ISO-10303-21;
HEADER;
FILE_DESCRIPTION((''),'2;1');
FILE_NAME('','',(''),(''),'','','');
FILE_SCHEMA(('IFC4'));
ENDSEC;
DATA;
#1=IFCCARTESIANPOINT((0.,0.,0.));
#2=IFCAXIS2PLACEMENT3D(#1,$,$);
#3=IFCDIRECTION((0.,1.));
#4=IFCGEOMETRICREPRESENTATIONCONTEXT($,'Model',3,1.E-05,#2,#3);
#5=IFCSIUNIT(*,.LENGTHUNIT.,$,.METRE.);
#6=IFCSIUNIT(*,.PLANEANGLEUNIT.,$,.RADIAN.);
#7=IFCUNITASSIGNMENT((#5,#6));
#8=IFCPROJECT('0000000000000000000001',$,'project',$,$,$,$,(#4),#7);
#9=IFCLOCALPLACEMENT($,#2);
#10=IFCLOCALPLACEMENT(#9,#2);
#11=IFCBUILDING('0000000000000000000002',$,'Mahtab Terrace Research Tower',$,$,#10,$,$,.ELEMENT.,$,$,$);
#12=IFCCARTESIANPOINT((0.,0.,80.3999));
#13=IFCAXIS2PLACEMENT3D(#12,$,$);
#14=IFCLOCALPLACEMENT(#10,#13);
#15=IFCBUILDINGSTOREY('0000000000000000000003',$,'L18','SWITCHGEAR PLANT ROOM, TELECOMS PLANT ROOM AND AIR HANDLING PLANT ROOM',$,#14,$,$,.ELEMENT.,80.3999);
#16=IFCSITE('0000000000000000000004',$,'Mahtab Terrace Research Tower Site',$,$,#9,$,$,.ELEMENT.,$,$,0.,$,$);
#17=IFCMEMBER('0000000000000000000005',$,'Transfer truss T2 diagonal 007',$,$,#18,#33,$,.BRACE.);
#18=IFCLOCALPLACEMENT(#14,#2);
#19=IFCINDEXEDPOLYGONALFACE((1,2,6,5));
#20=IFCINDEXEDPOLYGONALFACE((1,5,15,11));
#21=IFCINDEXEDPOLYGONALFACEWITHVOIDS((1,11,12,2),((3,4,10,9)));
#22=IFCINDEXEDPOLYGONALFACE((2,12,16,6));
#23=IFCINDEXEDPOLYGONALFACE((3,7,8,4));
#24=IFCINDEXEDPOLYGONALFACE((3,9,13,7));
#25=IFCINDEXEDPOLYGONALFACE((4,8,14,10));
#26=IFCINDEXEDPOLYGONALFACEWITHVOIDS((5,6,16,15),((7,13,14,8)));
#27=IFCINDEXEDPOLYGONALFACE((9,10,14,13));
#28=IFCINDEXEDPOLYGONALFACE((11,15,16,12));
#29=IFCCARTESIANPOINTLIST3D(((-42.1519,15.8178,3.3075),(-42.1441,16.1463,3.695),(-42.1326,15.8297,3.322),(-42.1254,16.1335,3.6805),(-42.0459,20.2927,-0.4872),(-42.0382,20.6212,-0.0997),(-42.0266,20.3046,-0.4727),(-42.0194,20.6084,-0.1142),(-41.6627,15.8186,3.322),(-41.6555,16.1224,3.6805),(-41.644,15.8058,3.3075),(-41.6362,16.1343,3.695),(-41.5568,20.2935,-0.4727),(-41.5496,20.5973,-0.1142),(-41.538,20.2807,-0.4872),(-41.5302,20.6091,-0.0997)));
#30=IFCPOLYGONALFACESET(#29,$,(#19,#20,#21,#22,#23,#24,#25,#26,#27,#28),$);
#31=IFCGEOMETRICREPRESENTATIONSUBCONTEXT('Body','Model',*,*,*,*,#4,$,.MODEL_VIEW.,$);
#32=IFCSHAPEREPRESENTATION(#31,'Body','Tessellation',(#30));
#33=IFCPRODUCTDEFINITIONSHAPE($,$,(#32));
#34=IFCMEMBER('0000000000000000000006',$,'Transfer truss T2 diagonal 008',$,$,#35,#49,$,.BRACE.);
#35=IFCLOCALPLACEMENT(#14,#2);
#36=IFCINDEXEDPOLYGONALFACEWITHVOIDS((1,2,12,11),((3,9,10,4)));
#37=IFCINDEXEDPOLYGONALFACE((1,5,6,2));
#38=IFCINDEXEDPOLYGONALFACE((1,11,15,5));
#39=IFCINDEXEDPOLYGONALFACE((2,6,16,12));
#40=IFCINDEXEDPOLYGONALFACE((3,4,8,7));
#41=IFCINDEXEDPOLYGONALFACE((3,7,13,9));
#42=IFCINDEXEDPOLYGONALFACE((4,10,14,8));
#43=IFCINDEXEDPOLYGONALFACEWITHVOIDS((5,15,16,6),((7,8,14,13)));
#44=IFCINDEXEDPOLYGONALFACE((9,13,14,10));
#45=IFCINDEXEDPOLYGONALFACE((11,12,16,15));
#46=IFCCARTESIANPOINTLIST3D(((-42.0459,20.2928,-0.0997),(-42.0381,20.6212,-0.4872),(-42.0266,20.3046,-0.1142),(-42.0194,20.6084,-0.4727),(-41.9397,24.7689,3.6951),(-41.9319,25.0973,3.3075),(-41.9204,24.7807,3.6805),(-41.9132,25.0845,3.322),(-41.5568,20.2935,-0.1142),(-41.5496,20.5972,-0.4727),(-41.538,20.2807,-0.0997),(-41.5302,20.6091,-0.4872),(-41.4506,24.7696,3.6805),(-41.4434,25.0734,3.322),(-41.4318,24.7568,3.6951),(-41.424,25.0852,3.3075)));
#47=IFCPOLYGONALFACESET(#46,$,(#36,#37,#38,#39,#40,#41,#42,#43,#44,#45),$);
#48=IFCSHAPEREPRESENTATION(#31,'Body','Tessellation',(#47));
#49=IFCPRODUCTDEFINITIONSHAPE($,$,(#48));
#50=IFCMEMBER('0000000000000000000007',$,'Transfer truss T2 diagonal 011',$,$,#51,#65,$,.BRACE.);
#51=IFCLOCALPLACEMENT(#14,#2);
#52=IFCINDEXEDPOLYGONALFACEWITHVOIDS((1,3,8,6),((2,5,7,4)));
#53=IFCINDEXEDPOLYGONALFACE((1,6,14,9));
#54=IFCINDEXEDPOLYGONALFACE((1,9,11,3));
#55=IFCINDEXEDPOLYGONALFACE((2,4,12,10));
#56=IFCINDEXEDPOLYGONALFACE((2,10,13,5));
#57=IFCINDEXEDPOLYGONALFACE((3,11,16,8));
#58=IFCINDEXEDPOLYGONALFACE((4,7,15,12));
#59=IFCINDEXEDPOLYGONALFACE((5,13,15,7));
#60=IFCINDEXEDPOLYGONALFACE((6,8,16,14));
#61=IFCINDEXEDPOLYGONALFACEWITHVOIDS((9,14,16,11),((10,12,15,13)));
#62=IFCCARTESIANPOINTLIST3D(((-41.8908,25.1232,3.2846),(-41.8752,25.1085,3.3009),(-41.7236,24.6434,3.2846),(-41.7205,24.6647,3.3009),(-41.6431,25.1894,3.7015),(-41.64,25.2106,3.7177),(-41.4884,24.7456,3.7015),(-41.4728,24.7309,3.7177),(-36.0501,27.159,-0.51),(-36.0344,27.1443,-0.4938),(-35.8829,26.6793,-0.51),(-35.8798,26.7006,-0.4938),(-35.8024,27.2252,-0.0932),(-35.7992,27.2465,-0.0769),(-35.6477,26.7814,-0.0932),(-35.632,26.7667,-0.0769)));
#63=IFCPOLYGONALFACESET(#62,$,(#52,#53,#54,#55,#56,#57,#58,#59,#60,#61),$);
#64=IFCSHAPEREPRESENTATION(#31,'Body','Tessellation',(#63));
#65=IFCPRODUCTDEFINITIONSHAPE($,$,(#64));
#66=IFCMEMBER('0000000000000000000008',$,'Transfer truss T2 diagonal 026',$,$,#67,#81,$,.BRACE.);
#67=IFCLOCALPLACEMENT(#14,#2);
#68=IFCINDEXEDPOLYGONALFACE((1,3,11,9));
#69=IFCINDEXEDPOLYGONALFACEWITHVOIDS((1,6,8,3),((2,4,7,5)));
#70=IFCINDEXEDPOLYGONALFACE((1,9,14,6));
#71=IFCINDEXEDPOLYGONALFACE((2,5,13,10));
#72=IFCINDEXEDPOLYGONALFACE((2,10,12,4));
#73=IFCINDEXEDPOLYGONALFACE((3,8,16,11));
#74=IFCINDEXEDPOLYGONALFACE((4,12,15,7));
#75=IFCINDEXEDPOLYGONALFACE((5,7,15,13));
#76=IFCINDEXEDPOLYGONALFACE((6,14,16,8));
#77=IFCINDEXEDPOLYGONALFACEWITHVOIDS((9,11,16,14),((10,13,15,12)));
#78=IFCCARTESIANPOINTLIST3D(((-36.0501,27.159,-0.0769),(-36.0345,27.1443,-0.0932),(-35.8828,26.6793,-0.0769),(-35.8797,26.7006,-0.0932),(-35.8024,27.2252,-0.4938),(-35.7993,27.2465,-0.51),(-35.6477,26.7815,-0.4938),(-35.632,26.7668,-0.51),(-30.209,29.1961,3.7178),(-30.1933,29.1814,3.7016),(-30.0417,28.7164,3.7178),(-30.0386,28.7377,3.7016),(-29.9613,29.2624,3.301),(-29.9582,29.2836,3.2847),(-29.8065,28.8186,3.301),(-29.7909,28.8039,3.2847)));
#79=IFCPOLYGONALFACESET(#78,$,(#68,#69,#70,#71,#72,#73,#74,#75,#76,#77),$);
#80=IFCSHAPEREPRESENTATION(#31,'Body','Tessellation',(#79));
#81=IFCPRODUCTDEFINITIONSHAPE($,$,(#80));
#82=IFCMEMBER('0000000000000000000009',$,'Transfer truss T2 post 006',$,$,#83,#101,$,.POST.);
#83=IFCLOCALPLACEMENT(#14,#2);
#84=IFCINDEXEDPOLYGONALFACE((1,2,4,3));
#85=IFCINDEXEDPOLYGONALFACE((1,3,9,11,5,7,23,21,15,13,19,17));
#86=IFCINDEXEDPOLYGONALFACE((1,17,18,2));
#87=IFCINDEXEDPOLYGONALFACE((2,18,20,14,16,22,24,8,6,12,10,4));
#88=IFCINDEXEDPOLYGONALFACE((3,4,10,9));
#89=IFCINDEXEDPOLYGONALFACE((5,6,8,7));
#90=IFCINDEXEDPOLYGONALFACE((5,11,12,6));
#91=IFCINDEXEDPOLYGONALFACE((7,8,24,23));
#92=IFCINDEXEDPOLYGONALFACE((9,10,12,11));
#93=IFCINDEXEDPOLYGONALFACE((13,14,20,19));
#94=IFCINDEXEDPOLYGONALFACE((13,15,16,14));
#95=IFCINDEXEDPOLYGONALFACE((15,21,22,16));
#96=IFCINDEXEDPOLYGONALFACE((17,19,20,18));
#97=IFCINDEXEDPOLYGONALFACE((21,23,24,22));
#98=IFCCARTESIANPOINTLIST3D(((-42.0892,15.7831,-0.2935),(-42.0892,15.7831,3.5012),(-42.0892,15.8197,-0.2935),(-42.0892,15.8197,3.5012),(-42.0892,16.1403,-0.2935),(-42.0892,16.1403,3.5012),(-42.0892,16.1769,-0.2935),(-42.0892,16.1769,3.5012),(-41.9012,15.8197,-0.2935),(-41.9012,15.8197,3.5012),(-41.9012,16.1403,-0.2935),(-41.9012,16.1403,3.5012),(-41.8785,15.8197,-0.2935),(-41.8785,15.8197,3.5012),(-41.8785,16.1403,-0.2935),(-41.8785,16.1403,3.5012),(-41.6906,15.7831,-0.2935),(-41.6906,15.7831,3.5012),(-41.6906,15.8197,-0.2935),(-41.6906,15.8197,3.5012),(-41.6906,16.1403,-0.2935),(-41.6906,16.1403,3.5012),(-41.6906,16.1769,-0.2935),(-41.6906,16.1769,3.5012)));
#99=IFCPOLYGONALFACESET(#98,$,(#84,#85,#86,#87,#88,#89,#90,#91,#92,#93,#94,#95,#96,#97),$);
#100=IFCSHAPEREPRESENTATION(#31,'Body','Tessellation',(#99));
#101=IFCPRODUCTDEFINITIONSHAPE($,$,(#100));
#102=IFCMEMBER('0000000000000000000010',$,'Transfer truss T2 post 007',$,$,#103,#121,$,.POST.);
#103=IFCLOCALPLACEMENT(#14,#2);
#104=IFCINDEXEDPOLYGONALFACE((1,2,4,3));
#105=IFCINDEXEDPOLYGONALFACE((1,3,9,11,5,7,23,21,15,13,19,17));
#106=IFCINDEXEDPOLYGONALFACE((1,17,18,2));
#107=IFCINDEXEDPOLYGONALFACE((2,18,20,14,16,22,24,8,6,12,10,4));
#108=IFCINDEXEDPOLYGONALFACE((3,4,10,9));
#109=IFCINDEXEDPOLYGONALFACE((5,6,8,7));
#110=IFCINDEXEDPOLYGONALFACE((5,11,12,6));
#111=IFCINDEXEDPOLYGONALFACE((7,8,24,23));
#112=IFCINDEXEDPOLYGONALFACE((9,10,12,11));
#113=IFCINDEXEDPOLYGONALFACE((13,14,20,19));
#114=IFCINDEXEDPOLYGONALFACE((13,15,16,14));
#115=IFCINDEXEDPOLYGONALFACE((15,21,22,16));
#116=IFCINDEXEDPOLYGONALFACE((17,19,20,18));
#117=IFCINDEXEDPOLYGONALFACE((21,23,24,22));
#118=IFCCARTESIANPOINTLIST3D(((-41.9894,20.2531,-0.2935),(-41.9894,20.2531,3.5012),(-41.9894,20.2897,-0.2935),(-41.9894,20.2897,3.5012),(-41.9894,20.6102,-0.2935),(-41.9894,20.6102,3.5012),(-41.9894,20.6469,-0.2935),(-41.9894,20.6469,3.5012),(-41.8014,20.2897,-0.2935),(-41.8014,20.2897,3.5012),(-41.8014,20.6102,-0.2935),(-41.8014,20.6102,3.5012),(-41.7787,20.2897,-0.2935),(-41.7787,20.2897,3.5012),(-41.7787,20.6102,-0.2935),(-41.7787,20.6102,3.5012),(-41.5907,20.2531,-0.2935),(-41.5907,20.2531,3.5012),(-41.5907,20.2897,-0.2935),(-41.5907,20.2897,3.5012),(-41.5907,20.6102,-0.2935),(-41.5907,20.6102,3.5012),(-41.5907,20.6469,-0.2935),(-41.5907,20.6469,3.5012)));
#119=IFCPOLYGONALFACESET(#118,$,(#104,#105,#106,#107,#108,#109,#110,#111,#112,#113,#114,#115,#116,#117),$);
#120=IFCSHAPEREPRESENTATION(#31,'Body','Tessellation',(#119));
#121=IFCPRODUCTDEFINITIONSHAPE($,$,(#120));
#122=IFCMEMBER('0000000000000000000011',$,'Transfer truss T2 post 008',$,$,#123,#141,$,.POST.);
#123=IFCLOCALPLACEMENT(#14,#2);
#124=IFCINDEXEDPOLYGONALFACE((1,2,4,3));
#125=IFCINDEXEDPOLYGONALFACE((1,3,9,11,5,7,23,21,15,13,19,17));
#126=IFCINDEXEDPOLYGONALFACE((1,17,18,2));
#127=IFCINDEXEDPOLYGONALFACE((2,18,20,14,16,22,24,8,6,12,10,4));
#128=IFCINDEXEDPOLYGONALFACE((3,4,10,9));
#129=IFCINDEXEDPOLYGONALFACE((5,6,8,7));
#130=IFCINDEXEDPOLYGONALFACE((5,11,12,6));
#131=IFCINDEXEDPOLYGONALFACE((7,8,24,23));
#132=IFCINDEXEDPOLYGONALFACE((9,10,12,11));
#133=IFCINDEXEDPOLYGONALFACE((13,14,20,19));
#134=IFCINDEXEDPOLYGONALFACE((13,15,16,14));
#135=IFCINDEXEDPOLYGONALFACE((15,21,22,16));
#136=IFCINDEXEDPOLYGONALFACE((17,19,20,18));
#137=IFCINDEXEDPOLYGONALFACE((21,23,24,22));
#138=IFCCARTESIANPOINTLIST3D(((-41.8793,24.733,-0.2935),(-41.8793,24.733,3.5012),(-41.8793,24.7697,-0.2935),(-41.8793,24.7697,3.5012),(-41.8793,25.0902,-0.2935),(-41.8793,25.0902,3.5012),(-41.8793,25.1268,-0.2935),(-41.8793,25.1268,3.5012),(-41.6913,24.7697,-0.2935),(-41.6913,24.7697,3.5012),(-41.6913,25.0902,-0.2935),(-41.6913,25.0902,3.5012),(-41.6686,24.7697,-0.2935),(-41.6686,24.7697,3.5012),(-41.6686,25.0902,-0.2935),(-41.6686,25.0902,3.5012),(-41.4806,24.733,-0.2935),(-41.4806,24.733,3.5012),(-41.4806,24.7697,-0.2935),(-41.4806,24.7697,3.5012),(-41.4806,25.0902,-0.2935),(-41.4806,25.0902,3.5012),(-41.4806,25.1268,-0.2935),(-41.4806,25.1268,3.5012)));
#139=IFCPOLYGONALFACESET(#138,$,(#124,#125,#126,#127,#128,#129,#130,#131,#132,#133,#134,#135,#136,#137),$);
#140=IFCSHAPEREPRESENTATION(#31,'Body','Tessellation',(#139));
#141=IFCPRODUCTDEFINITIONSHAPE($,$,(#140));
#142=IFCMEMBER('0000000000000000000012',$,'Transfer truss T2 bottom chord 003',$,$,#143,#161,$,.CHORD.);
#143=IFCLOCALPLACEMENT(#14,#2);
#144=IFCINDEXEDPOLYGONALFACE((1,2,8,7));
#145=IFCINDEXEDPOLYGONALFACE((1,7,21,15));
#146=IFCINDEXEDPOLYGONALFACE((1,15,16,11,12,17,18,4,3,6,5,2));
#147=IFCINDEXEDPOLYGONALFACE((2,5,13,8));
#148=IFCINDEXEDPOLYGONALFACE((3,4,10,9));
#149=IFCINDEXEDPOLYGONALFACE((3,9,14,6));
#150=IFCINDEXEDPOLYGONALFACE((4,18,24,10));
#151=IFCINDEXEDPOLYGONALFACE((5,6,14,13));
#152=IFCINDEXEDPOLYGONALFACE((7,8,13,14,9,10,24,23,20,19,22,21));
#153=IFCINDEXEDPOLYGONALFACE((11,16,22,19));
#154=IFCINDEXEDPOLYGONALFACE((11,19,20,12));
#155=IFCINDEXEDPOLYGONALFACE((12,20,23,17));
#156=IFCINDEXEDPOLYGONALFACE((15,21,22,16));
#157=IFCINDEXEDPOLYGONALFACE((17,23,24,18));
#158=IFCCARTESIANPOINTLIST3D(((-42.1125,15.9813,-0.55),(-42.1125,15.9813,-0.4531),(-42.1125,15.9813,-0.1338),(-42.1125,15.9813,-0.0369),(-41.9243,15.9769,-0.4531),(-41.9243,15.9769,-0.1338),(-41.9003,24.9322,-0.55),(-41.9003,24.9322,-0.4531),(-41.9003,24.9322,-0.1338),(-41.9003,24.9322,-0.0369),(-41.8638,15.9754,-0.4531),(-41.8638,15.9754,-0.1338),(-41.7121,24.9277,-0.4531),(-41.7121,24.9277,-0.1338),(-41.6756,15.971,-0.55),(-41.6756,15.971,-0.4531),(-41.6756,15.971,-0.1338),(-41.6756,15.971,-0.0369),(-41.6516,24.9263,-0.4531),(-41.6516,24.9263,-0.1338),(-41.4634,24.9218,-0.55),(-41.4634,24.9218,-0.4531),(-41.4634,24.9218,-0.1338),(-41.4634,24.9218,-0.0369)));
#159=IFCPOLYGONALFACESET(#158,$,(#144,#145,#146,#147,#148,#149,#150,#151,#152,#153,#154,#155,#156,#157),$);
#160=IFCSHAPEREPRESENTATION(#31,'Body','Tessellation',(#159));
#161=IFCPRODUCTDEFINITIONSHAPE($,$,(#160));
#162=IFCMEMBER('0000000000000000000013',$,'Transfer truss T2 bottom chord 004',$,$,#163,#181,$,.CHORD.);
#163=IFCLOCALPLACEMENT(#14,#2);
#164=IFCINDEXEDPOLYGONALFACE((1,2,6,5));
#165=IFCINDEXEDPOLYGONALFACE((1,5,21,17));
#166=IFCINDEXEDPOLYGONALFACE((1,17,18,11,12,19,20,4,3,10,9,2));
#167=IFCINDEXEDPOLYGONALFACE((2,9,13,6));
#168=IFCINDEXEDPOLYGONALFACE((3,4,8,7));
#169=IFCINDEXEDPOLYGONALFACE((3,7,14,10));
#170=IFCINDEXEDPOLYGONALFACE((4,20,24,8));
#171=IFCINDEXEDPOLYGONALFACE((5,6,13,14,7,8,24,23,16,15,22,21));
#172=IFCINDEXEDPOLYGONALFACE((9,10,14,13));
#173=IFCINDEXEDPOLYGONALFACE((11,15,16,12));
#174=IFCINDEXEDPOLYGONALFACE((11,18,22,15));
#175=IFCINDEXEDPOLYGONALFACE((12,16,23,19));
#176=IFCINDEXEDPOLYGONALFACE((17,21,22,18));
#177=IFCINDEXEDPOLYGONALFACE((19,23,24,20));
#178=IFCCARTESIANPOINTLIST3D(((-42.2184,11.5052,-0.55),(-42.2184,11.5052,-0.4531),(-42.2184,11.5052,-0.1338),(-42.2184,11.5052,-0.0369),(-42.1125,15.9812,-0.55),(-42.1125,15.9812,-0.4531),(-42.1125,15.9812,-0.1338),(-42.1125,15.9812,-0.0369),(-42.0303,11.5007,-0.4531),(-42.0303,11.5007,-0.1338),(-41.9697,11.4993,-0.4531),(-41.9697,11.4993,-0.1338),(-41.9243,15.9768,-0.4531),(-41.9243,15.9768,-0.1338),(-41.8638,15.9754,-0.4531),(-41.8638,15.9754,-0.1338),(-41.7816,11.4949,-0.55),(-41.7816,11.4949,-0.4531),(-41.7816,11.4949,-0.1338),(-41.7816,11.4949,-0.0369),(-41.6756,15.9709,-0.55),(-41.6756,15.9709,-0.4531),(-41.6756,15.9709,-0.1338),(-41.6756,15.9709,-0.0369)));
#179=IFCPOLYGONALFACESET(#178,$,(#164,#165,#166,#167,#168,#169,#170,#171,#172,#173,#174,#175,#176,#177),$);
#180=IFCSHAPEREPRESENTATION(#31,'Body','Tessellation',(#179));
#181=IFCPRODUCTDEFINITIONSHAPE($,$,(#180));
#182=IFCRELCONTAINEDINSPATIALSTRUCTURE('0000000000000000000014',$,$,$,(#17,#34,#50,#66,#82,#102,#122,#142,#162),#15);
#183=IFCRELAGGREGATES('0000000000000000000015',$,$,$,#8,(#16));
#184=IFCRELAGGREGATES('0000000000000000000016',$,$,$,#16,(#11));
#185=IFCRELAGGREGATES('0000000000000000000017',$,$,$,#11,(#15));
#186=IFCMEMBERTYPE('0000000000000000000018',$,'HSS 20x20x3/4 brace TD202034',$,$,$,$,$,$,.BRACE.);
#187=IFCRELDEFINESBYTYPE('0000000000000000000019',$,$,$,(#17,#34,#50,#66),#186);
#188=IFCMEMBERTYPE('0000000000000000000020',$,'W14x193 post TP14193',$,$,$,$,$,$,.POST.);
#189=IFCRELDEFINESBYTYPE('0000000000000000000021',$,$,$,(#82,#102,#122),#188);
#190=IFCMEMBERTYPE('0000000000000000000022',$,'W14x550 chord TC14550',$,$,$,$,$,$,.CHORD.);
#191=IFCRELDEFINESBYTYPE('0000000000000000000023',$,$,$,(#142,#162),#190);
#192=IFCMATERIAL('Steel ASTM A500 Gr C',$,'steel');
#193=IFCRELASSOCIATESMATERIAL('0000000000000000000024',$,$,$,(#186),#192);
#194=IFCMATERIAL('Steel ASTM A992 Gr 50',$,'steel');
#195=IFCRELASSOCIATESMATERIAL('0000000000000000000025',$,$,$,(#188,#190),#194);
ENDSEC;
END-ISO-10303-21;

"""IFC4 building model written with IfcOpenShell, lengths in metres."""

from ifc_helpers import new_model, si_unit, direction, frame, origin, origin_2d, place, context, subcontext, project, spatial, hollow_rectangle, i_section, extrude, material, material_profile, profile_set, type_object, element, save


model = new_model("IFC4")

# Units and contexts
model_context = context("Model", 3, precision=1e-05, world=origin(), true_north=direction((0.0, 1.0)))
body_context = subcontext(model_context, "Body", "Model", "MODEL_VIEW")
ifc_project = project(units=[si_unit("LENGTHUNIT", "METRE"), si_unit("PLANEANGLEUNIT", "RADIAN")], contexts=[model_context])

# Site, building, storey
site_placement = place(None, origin())
site = spatial("IfcSite", under=ifc_project, at=site_placement, Name="Mahtab Terrace Research Tower Site", CompositionType="ELEMENT", RefElevation=0.0)
building_placement = place(site_placement, origin())
building = spatial("IfcBuilding", under=site, at=building_placement, Name="Mahtab Terrace Research Tower", CompositionType="ELEMENT")
storey_placement = place(building_placement, frame((0.0, 0.0, 80.3999)))
storey = spatial("IfcBuildingStorey", under=building, at=storey_placement, Name="L18", Description="SWITCHGEAR PLANT ROOM, TELECOMS PLANT ROOM AND AIR HANDLING PLANT ROOM", CompositionType="ELEMENT", Elevation=80.3999)

# Members
ifc_material_1 = material(Name="Steel ASTM A500 Gr C", Category="steel")
ifc_material_profile_1 = material_profile(ifc_material_1, hollow_rectangle(XDim=0.5081, YDim=0.5081, WallThickness=0.019, at=origin_2d()), Name="HSS20X20X3/4")
ifc_profile_set_1 = profile_set([ifc_material_profile_1], Name="Steel ASTM A500 Gr C")
member_type_1 = type_object("IfcMemberType", Name="HSS 20x20x3/4 brace TD202034", PredefinedType="BRACE", material=ifc_profile_set_1)
member_1_placement = place(storey_placement, frame((-41.7881, 20.4509, -0.2935), z_axis=(-0.018056, -0.762567, 0.646657), x_axis=(0.99972, -0.023672, 0.0)))
element("IfcMember", 1, at=member_1_placement, inside=storey, type_object=member_type_1, Name="Transfer truss T2 diagonal 007", PredefinedType="BRACE", context=body_context, shape_type="SweptSolid", body=[
    extrude(hollow_rectangle(XDim=0.5081, YDim=0.5081, WallThickness=0.019, at=origin_2d()), origin(), (0.0, 0.0, 1.0), 5.8682),
])
member_2_placement = place(storey_placement, frame((-41.7881, 20.4509, -0.2935), z_axis=(0.018095, 0.762653, 0.646554), x_axis=(-0.999719, 0.02372, 0.0)))
element("IfcMember", 2, at=member_2_placement, inside=storey, type_object=member_type_1, Name="Transfer truss T2 diagonal 008", PredefinedType="BRACE", context=body_context, shape_type="SweptSolid", body=[
    extrude(hollow_rectangle(XDim=0.5081, YDim=0.5081, WallThickness=0.019, at=origin_2d()), origin(), (0.0, 0.0, 1.0), 5.8691),
])
member_3_placement = place(storey_placement, frame((-35.8411, 26.9629, -0.2935), z_axis=(-0.804887, -0.280553, 0.522921), x_axis=(0.329141, -0.944281, 0.0)))
element("IfcMember", 3, at=member_3_placement, inside=storey, type_object=member_type_1, Name="Transfer truss T2 diagonal 011", PredefinedType="BRACE", context=body_context, shape_type="SweptSolid", body=[
    extrude(hollow_rectangle(XDim=0.5081, YDim=0.5081, WallThickness=0.019, at=origin_2d()), origin(), (0.0, 0.0, 1.0), 7.2566),
])
member_4_placement = place(storey_placement, frame((-35.8411, 26.9629, -0.2935), z_axis=(0.804861, 0.280701, 0.522882), x_axis=(-0.329304, 0.944224, 0.0)))
element("IfcMember", 4, at=member_4_placement, inside=storey, type_object=member_type_1, Name="Transfer truss T2 diagonal 026", PredefinedType="BRACE", context=body_context, shape_type="SweptSolid", body=[
    extrude(hollow_rectangle(XDim=0.5081, YDim=0.5081, WallThickness=0.019, at=origin_2d()), origin(), (0.0, 0.0, 1.0), 7.2573),
])
ifc_material_2 = material(Name="Steel ASTM A992 Gr 50", Category="steel")
ifc_material_profile_2 = material_profile(ifc_material_2, i_section(OverallWidth=0.3987, OverallDepth=0.3938, WebThickness=0.0227, FlangeThickness=0.0366, at=origin_2d()), Name="W14X193")
ifc_profile_set_2 = profile_set([ifc_material_profile_2], Name="Steel ASTM A992 Gr 50")
member_type_2 = type_object("IfcMemberType", Name="W14x193 post TP14193", PredefinedType="POST", material=ifc_profile_set_2)
for number, where, z_axis, x_axis, name in (
    (5, (-41.8899, 15.98, -0.2935), (0.0, 0.0, 1.0), (1.0, 0.0, 0.0), "Transfer truss T2 post 006"),
    (6, (-41.79, 20.45, -0.2935), (0.0, 0.0, 1.0), (1.0, 0.0, 0.0), "Transfer truss T2 post 007"),
    (7, (-41.6799, 24.9299, -0.2935), (0.0, 0.0, 1.0), (1.0, 0.0, 0.0), "Transfer truss T2 post 008"),
):
    element("IfcMember", number, at=place(storey_placement, frame(where, z_axis=z_axis, x_axis=x_axis)), inside=storey, type_object=member_type_2, Name=name, PredefinedType="POST", context=body_context, shape_type="SweptSolid", body=[
        extrude(i_section(OverallWidth=0.3987, OverallDepth=0.3938, WebThickness=0.0227, FlangeThickness=0.0366, at=origin_2d()), origin(), (0.0, 0.0, 1.0), 3.7947),
    ])
ifc_material_profile_3 = material_profile(ifc_material_2, i_section(OverallWidth=0.437, OverallDepth=0.5132, WebThickness=0.0605, FlangeThickness=0.0969, at=origin_2d()), Name="W14X550")
ifc_profile_set_3 = profile_set([ifc_material_profile_3], Name="Steel ASTM A992 Gr 50")
member_type_3 = type_object("IfcMemberType", Name="W14x550 chord TC14550", PredefinedType="CHORD", material=ifc_profile_set_3)
member_5_placement = place(storey_placement, frame((-41.6819, 24.927, -0.2935), z_axis=(-0.023696, -0.999719, 0.0), x_axis=(0.999719, -0.023696, 0.0)))
element("IfcMember", 8, at=member_5_placement, inside=storey, type_object=member_type_3, Name="Transfer truss T2 bottom chord 003", PredefinedType="CHORD", context=body_context, shape_type="SweptSolid", body=[
    extrude(i_section(OverallWidth=0.437, OverallDepth=0.5132, WebThickness=0.0605, FlangeThickness=0.0969, at=origin_2d()), origin(), (0.0, 0.0, 1.0), 8.9534),
])
member_6_placement = place(storey_placement, frame((-41.894, 15.9761, -0.2935), z_axis=(-0.023665, -0.99972, 0.0), x_axis=(0.99972, -0.023665, 0.0)))
element("IfcMember", 9, at=member_6_placement, inside=storey, type_object=member_type_3, Name="Transfer truss T2 bottom chord 004", PredefinedType="CHORD", context=body_context, shape_type="SweptSolid", body=[
    extrude(i_section(OverallWidth=0.437, OverallDepth=0.5132, WebThickness=0.0605, FlangeThickness=0.0969, at=origin_2d()), origin(), (0.0, 0.0, 1.0), 4.4773),
])

save(model, "model.ifc")
